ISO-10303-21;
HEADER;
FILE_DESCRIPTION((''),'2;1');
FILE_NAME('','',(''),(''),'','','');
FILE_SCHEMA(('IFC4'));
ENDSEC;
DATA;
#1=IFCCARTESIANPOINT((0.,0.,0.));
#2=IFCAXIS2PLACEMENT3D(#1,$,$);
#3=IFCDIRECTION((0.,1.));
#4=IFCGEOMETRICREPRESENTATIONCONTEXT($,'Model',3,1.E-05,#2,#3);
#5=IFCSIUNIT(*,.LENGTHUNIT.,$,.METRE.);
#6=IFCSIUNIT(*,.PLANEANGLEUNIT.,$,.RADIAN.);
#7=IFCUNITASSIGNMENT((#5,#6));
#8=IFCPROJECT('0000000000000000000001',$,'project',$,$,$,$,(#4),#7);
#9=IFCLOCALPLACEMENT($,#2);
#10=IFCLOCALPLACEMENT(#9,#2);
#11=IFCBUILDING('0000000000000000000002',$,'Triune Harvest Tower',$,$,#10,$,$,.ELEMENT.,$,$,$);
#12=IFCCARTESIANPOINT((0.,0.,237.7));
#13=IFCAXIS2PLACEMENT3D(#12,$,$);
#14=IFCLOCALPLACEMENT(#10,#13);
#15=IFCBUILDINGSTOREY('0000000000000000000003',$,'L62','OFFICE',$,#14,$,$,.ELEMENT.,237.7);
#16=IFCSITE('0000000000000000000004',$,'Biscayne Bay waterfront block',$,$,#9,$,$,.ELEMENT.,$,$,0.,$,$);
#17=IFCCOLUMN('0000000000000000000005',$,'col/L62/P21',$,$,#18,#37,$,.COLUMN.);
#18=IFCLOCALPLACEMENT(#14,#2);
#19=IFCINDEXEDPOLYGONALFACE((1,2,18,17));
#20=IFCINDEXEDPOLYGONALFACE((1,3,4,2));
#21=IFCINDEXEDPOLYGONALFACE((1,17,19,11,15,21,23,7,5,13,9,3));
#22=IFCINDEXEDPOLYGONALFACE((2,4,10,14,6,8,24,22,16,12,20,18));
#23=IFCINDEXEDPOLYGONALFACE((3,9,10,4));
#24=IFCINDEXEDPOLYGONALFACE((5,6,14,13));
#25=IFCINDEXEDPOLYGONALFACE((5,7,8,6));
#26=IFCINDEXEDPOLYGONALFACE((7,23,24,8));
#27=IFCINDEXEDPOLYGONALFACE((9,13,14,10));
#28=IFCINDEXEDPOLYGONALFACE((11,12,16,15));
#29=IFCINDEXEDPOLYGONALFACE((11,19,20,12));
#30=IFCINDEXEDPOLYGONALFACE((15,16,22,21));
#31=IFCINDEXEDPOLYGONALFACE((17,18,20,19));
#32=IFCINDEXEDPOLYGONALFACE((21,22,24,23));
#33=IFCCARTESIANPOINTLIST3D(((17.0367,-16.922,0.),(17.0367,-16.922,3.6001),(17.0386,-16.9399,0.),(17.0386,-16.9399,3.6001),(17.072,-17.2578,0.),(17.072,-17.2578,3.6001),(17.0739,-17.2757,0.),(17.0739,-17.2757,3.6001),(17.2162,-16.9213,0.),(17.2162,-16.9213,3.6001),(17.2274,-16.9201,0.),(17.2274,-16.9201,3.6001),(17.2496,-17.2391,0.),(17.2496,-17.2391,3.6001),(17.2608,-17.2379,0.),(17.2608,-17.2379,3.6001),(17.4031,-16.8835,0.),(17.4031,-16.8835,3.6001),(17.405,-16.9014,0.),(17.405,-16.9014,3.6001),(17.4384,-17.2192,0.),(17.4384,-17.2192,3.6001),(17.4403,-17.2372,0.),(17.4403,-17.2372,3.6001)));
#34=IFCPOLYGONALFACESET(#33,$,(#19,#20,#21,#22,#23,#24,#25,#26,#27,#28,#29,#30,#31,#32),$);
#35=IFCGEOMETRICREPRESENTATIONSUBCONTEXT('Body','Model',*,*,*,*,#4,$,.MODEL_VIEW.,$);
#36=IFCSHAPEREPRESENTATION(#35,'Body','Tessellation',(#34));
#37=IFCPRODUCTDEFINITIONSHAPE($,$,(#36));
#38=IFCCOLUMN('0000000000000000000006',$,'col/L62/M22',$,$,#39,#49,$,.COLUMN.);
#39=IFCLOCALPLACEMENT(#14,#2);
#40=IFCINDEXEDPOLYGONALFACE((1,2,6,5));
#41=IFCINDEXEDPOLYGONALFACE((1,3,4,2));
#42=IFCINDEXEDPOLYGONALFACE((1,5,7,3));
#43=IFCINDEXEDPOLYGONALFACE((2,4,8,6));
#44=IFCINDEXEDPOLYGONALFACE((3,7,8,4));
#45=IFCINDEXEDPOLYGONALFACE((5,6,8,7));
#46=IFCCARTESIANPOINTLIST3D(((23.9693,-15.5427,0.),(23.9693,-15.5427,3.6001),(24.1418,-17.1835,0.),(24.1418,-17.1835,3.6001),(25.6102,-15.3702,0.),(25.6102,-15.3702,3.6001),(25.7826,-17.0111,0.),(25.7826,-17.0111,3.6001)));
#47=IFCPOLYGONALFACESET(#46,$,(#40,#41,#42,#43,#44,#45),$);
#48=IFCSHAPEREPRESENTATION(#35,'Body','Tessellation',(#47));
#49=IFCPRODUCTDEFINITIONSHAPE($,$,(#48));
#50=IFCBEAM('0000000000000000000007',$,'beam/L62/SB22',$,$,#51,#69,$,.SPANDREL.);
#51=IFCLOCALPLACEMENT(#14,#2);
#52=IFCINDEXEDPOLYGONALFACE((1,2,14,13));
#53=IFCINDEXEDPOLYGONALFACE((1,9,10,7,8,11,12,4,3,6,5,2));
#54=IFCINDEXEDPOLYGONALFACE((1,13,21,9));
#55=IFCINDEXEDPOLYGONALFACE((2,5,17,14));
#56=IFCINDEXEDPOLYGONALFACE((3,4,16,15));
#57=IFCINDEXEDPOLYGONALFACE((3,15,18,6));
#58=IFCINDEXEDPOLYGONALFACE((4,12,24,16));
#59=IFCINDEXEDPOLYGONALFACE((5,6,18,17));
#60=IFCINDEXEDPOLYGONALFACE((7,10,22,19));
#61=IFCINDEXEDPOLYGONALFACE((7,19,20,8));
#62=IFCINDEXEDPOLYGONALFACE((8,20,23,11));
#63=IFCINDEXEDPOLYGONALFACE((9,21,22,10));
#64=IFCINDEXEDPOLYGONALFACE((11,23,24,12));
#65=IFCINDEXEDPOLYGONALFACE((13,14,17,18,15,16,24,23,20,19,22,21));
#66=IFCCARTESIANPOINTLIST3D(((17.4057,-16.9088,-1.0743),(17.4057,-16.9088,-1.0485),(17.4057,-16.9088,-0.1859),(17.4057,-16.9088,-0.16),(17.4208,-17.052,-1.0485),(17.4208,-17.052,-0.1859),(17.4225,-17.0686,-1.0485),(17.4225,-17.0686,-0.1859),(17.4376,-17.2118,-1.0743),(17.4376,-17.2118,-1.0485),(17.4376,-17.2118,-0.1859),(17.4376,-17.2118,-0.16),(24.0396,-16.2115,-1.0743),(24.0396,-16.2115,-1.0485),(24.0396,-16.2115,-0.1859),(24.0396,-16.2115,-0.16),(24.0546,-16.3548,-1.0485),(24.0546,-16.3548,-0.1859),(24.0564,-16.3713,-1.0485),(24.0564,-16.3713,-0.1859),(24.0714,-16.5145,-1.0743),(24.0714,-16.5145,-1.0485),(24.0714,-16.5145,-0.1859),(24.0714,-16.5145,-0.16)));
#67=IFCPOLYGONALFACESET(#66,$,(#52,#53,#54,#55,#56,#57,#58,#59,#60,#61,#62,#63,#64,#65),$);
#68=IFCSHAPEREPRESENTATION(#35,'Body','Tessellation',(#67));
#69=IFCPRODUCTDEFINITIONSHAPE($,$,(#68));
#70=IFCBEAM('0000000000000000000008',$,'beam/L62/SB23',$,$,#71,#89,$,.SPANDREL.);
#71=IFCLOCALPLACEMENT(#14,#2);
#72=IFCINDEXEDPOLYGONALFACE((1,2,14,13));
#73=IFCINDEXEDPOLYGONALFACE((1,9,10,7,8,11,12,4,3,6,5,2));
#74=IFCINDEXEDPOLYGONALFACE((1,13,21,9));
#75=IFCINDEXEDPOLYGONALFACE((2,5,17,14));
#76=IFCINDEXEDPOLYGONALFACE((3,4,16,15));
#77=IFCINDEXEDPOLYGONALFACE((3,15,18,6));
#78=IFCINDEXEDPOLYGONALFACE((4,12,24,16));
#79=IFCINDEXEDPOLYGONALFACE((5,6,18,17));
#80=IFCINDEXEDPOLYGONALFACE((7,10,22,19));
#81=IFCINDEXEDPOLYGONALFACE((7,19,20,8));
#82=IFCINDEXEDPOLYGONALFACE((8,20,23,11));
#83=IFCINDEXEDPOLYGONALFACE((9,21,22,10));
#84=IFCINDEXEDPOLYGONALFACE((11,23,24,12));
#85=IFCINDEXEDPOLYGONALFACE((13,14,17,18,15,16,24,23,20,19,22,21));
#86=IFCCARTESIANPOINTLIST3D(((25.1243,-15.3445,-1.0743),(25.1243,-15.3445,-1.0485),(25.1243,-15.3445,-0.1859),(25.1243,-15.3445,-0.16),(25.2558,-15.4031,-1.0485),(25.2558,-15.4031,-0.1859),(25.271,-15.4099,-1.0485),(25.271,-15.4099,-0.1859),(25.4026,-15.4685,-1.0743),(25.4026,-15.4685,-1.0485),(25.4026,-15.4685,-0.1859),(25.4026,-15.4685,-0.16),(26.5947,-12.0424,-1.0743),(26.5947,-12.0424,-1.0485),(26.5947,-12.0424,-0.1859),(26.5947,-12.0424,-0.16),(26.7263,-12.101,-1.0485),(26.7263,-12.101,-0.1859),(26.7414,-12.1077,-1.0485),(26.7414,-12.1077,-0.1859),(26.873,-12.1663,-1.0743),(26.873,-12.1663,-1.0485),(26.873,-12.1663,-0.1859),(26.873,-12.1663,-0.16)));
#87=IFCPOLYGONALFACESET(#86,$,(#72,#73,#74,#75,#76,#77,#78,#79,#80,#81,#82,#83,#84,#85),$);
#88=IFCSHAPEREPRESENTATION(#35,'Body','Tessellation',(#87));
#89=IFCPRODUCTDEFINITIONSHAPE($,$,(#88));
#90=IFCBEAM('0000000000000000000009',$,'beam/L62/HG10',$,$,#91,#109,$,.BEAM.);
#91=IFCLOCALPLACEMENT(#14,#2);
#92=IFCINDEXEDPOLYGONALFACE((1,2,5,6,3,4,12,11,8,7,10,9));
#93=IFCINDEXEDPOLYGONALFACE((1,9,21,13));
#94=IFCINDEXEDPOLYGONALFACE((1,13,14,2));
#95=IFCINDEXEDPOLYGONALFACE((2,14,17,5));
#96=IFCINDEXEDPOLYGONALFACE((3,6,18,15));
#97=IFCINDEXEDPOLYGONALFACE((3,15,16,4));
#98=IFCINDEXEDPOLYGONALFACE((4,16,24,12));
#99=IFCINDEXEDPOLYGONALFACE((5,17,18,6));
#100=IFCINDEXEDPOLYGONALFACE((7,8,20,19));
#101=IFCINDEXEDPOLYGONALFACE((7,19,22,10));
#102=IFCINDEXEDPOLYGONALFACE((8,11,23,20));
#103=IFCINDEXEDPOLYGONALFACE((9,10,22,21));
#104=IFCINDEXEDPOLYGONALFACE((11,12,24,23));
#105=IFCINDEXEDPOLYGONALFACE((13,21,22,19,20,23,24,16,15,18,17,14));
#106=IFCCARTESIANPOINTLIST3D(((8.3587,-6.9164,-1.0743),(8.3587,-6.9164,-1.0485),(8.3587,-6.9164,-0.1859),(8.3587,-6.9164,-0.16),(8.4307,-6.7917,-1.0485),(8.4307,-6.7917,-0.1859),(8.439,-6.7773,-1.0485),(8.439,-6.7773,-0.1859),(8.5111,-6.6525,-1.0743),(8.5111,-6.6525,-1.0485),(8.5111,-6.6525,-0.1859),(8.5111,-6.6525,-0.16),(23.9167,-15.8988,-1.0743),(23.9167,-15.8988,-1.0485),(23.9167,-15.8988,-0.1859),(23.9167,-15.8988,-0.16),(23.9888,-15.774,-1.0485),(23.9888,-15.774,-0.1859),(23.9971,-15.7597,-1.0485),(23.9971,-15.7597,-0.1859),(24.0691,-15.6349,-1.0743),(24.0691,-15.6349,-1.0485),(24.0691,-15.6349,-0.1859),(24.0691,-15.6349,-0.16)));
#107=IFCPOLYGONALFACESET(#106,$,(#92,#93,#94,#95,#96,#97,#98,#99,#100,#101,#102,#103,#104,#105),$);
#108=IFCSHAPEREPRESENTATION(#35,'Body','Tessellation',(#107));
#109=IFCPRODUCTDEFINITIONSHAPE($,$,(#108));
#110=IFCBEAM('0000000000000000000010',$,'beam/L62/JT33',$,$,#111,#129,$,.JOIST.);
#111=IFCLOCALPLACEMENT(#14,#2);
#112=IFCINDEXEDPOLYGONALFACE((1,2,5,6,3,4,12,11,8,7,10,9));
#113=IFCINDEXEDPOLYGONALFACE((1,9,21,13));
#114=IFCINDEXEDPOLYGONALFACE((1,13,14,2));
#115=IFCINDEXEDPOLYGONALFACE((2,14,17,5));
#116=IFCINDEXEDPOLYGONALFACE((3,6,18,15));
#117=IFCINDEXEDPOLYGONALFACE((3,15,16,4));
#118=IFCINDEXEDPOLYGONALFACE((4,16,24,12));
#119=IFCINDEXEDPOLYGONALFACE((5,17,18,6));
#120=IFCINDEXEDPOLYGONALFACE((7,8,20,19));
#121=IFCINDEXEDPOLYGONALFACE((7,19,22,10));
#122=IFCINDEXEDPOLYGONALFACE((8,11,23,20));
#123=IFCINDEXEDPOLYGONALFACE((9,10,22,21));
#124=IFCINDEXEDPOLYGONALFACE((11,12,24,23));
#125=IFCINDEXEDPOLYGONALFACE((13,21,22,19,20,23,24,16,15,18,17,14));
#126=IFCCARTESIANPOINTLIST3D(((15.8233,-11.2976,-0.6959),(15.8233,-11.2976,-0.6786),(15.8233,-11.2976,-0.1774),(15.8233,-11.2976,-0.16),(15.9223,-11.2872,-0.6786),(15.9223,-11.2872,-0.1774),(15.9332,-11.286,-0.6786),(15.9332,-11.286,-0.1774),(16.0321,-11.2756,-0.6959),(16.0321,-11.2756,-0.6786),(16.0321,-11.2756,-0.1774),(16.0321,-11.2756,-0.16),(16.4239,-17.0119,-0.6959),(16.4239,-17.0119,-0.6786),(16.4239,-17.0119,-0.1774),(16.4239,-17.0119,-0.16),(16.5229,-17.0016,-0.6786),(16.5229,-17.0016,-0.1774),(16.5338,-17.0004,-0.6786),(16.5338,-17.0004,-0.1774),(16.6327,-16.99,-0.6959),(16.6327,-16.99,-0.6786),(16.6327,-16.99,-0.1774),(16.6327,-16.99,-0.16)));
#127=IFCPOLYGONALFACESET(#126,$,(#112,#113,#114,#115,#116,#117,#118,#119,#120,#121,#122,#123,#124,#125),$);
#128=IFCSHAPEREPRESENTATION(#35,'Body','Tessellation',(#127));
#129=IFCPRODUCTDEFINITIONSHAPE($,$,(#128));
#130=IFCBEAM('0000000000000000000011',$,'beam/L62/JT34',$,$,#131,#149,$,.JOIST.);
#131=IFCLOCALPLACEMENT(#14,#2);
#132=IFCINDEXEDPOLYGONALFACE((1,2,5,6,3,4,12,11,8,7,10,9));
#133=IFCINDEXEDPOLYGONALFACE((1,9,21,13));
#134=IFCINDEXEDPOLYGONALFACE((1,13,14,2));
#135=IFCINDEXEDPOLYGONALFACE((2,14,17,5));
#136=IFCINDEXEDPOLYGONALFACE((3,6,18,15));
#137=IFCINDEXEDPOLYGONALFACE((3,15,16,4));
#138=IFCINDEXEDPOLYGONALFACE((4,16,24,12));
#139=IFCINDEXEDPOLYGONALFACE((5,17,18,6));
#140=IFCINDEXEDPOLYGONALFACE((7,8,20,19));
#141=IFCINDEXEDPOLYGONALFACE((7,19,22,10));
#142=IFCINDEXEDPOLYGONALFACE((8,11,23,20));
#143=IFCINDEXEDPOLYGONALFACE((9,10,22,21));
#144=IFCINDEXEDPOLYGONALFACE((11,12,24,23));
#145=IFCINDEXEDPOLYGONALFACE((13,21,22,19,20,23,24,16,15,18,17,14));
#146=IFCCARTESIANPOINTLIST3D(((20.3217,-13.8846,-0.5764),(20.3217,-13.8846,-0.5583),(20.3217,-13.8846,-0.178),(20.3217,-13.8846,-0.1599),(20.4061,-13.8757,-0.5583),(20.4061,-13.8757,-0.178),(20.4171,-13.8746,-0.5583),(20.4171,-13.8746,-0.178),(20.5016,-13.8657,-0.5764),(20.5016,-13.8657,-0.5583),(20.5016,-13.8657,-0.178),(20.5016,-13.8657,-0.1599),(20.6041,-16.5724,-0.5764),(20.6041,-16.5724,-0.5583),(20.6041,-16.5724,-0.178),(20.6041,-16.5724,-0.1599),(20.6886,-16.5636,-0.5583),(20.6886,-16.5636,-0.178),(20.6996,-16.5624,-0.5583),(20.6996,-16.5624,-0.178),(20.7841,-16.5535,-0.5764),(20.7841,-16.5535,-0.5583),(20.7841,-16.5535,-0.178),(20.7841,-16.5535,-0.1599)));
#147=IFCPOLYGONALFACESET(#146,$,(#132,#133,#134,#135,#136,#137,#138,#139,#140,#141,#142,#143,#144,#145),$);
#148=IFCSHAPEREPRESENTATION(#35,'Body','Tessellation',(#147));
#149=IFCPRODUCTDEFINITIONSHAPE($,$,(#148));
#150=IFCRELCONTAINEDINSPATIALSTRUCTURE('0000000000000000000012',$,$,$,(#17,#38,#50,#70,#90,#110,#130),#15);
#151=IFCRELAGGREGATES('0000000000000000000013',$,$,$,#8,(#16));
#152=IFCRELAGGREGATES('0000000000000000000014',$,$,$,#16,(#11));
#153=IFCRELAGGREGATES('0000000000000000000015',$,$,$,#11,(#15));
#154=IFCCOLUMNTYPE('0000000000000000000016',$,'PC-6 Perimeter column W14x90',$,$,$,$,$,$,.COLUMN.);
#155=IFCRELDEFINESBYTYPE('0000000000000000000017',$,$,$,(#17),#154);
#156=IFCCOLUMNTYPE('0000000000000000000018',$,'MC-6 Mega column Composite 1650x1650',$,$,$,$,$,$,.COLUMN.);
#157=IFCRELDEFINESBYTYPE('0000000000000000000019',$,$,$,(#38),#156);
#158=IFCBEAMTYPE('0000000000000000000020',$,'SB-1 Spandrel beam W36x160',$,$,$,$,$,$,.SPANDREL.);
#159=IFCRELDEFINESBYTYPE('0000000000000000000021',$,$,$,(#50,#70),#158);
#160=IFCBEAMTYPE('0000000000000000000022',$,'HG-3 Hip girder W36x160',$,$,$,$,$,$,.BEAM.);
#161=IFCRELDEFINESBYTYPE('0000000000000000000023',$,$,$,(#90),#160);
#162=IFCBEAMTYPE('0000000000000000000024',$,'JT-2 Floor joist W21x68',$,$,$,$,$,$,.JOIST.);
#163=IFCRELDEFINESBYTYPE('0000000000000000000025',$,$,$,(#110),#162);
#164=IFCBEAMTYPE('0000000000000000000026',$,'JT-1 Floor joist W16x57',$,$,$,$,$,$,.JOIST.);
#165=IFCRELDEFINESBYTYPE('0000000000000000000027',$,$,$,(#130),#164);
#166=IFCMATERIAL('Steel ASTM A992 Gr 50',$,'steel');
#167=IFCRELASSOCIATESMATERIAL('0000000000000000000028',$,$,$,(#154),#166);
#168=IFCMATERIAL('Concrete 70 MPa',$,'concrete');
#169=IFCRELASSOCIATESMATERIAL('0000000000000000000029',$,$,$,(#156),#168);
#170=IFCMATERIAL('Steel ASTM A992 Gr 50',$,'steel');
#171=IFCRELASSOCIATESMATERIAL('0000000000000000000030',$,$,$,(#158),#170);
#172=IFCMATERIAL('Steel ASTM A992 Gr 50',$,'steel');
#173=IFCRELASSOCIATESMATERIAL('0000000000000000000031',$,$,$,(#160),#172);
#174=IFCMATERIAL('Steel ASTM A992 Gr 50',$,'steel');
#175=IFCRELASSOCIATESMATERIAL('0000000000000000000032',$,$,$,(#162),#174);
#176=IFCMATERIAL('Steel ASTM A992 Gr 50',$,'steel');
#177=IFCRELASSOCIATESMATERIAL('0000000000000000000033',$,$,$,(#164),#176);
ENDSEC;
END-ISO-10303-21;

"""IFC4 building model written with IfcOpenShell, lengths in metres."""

from ifc_helpers import new_model, si_unit, direction, frame, origin, origin_2d, place, context, subcontext, project, spatial, rectangle, i_section, extrude, source, transform, mapped, material, material_profile, profile_set, type_object, element, save


model = new_model("IFC4")

# Units and contexts
model_context = context("Model", 3, precision=1e-05, world=origin(), true_north=direction((0.0, 1.0)))
body_context = subcontext(model_context, "Body", "Model", "MODEL_VIEW")
ifc_project = project(units=[si_unit("LENGTHUNIT", "METRE"), si_unit("PLANEANGLEUNIT", "RADIAN")], contexts=[model_context])

# Site, building, storey
site_placement = place(None, origin())
site = spatial("IfcSite", under=ifc_project, at=site_placement, Name="Biscayne Bay waterfront block", CompositionType="ELEMENT", RefElevation=0.0)
building_placement = place(site_placement, origin())
building = spatial("IfcBuilding", under=site, at=building_placement, Name="Triune Harvest Tower", CompositionType="ELEMENT")
storey_placement = place(building_placement, frame((0.0, 0.0, 237.7)))
storey = spatial("IfcBuildingStorey", under=building, at=storey_placement, Name="L62", Description="OFFICE", CompositionType="ELEMENT", Elevation=237.7)

# Columns
ifc_material_1 = material(Name="Steel ASTM A992 Gr 50", Category="steel")
ifc_material_profile_1 = material_profile(ifc_material_1, i_section(OverallWidth=0.3684, OverallDepth=0.3557, WebThickness=0.0112, FlangeThickness=0.0181, at=origin_2d()), Name="W14x90")
ifc_profile_set_1 = profile_set([ifc_material_profile_1], Name="Steel ASTM A992 Gr 50")
column_type_1 = type_object("IfcColumnType", Name="PC-6 Perimeter column W14x90", PredefinedType="COLUMN", material=ifc_profile_set_1)
shared_shape_1 = source(origin(), body_context, "Body", "SweptSolid", [
    extrude(i_section(OverallWidth=0.3684, OverallDepth=0.3557, WebThickness=0.0112, FlangeThickness=0.0181, at=origin_2d()), origin(), (0.0, 0.0, 1.0), 3.6001),
])
column_1_placement = place(storey_placement, frame((17.2385, -17.0796, 0.0), z_axis=(0.0, 0.0, 1.0), x_axis=(0.994522, 0.10453, 0.0)))
element("IfcColumn", 1, at=column_1_placement, inside=storey, type_object=column_type_1, Name="col/L62/P21", PredefinedType="COLUMN", context=body_context, shape_type="MappedRepresentation", body=[
    mapped(shared_shape_1, transform((0.0, 0.0, 0.0), scale=1.0)),
])
ifc_material_2 = material(Name="Concrete 70 MPa", Category="concrete")
ifc_material_profile_2 = material_profile(ifc_material_2, rectangle(XDim=1.6499, YDim=1.6499, at=origin_2d()), Name="Composite 1650x1650")
ifc_profile_set_2 = profile_set([ifc_material_profile_2], Name="Concrete 70 MPa")
column_type_2 = type_object("IfcColumnType", Name="MC-6 Mega column Composite 1650x1650", PredefinedType="COLUMN", material=ifc_profile_set_2)
shared_shape_2 = source(origin(), body_context, "Body", "SweptSolid", [
    extrude(rectangle(XDim=1.6499, YDim=1.6499, at=origin_2d()), origin(), (0.0, 0.0, 1.0), 3.6001),
])
column_2_placement = place(storey_placement, frame((24.876, -16.2769, 0.0), z_axis=(0.0, 0.0, 1.0), x_axis=(0.994522, 0.10453, 0.0)))
element("IfcColumn", 2, at=column_2_placement, inside=storey, type_object=column_type_2, Name="col/L62/M22", PredefinedType="COLUMN", context=body_context, shape_type="MappedRepresentation", body=[
    mapped(shared_shape_2, transform((0.0, 0.0, 0.0), scale=1.0)),
])

# Beams
ifc_material_3 = material(Name="Steel ASTM A992 Gr 50", Category="steel")
ifc_material_profile_3 = material_profile(ifc_material_3, i_section(OverallWidth=0.3047, OverallDepth=0.9143, WebThickness=0.0166, FlangeThickness=0.0259, at=origin_2d()), Name="W36x160")
ifc_profile_set_3 = profile_set([ifc_material_profile_3], Name="Steel ASTM A992 Gr 50")
beam_type_1 = type_object("IfcBeamType", Name="SB-1 Spandrel beam W36x160", PredefinedType="SPANDREL", material=ifc_profile_set_3)
shared_shape_3 = source(origin(), body_context, "Body", "SweptSolid", [
    extrude(i_section(OverallWidth=0.3047, OverallDepth=0.9143, WebThickness=0.0166, FlangeThickness=0.0259, at=origin_2d()), origin(), (0.0, 0.0, 1.0), 6.6704),
])
beam_1_placement = place(storey_placement, frame((17.4216, -17.0603, -0.6172), z_axis=(0.994521, 0.104532, 0.0), x_axis=(-0.104532, 0.994521, 0.0)))
element("IfcBeam", 3, at=beam_1_placement, inside=storey, type_object=beam_type_1, Name="beam/L62/SB22", PredefinedType="SPANDREL", context=body_context, shape_type="MappedRepresentation", body=[
    mapped(shared_shape_3, transform((0.0, 0.0, 0.0), scale=1.0)),
])
shared_shape_4 = source(origin(), body_context, "Body", "SweptSolid", [
    extrude(i_section(OverallWidth=0.3047, OverallDepth=0.9143, WebThickness=0.0166, FlangeThickness=0.0259, at=origin_2d()), origin(), (0.0, 0.0, 1.0), 3.6147),
])
beam_2_placement = place(storey_placement, frame((25.2634, -15.4065, -0.6172), z_axis=(0.406784, 0.913524, 0.0), x_axis=(-0.913524, 0.406784, 0.0)))
element("IfcBeam", 4, at=beam_2_placement, inside=storey, type_object=beam_type_1, Name="beam/L62/SB23", PredefinedType="SPANDREL", context=body_context, shape_type="MappedRepresentation", body=[
    mapped(shared_shape_4, transform((0.0, 0.0, 0.0), scale=1.0)),
])
ifc_material_4 = material(Name="Steel ASTM A992 Gr 50", Category="steel")
ifc_material_profile_4 = material_profile(ifc_material_4, i_section(OverallWidth=0.3047, OverallDepth=0.9143, WebThickness=0.0166, FlangeThickness=0.0259, at=origin_2d()), Name="W36x160")
ifc_profile_set_4 = profile_set([ifc_material_profile_4], Name="Steel ASTM A992 Gr 50")
beam_type_2 = type_object("IfcBeamType", Name="HG-3 Hip girder W36x160", PredefinedType="BEAM", material=ifc_profile_set_4)
shared_shape_5 = source(origin(), body_context, "Body", "SweptSolid", [
    extrude(i_section(OverallWidth=0.3047, OverallDepth=0.9143, WebThickness=0.0166, FlangeThickness=0.0259, at=origin_2d()), origin(), (0.0, 0.0, 1.0), 17.9648),
])
beam_3_placement = place(storey_placement, frame((23.9929, -15.7668, -0.6172), z_axis=(-0.866027, 0.499998, 0.0), x_axis=(-0.499998, -0.866027, 0.0)))
element("IfcBeam", 5, at=beam_3_placement, inside=storey, type_object=beam_type_2, Name="beam/L62/HG10", PredefinedType="BEAM", context=body_context, shape_type="MappedRepresentation", body=[
    mapped(shared_shape_5, transform((0.0, 0.0, 0.0), scale=1.0)),
])
ifc_material_5 = material(Name="Steel ASTM A992 Gr 50", Category="steel")
ifc_material_profile_5 = material_profile(ifc_material_5, i_section(OverallWidth=0.21, OverallDepth=0.5359, WebThickness=0.011, FlangeThickness=0.0173, at=origin_2d()), Name="W21x68")
ifc_profile_set_5 = profile_set([ifc_material_profile_5], Name="Steel ASTM A992 Gr 50")
beam_type_3 = type_object("IfcBeamType", Name="JT-2 Floor joist W21x68", PredefinedType="JOIST", material=ifc_profile_set_5)
shared_shape_6 = source(origin(), body_context, "Body", "SweptSolid", [
    extrude(i_section(OverallWidth=0.21, OverallDepth=0.5359, WebThickness=0.011, FlangeThickness=0.0173, at=origin_2d()), origin(), (0.0, 0.0, 1.0), 5.7458),
])
beam_4_placement = place(storey_placement, frame((16.5283, -17.001, -0.428), z_axis=(-0.104526, 0.994522, 0.0), x_axis=(-0.994522, -0.104526, 0.0)))
element("IfcBeam", 6, at=beam_4_placement, inside=storey, type_object=beam_type_3, Name="beam/L62/JT33", PredefinedType="JOIST", context=body_context, shape_type="MappedRepresentation", body=[
    mapped(shared_shape_6, transform((0.0, 0.0, 0.0), scale=1.0)),
])
ifc_material_6 = material(Name="Steel ASTM A992 Gr 50", Category="steel")
ifc_material_profile_6 = material_profile(ifc_material_6, i_section(OverallWidth=0.1809, OverallDepth=0.4165, WebThickness=0.011, FlangeThickness=0.0181, at=origin_2d()), Name="W16x57")
ifc_profile_set_6 = profile_set([ifc_material_profile_6], Name="Steel ASTM A992 Gr 50")
beam_type_4 = type_object("IfcBeamType", Name="JT-1 Floor joist W16x57", PredefinedType="JOIST", material=ifc_profile_set_6)
shared_shape_7 = source(origin(), body_context, "Body", "SweptSolid", [
    extrude(i_section(OverallWidth=0.1809, OverallDepth=0.4165, WebThickness=0.011, FlangeThickness=0.0181, at=origin_2d()), origin(), (0.0, 0.0, 1.0), 2.7026),
])
beam_5_placement = place(storey_placement, frame((20.6941, -16.563, -0.3682), z_axis=(-0.10452, 0.994523, 0.0), x_axis=(-0.994523, -0.10452, 0.0)))
element("IfcBeam", 7, at=beam_5_placement, inside=storey, type_object=beam_type_4, Name="beam/L62/JT34", PredefinedType="JOIST", context=body_context, shape_type="MappedRepresentation", body=[
    mapped(shared_shape_7, transform((0.0, 0.0, 0.0), scale=1.0)),
])

save(model, "model.ifc")
